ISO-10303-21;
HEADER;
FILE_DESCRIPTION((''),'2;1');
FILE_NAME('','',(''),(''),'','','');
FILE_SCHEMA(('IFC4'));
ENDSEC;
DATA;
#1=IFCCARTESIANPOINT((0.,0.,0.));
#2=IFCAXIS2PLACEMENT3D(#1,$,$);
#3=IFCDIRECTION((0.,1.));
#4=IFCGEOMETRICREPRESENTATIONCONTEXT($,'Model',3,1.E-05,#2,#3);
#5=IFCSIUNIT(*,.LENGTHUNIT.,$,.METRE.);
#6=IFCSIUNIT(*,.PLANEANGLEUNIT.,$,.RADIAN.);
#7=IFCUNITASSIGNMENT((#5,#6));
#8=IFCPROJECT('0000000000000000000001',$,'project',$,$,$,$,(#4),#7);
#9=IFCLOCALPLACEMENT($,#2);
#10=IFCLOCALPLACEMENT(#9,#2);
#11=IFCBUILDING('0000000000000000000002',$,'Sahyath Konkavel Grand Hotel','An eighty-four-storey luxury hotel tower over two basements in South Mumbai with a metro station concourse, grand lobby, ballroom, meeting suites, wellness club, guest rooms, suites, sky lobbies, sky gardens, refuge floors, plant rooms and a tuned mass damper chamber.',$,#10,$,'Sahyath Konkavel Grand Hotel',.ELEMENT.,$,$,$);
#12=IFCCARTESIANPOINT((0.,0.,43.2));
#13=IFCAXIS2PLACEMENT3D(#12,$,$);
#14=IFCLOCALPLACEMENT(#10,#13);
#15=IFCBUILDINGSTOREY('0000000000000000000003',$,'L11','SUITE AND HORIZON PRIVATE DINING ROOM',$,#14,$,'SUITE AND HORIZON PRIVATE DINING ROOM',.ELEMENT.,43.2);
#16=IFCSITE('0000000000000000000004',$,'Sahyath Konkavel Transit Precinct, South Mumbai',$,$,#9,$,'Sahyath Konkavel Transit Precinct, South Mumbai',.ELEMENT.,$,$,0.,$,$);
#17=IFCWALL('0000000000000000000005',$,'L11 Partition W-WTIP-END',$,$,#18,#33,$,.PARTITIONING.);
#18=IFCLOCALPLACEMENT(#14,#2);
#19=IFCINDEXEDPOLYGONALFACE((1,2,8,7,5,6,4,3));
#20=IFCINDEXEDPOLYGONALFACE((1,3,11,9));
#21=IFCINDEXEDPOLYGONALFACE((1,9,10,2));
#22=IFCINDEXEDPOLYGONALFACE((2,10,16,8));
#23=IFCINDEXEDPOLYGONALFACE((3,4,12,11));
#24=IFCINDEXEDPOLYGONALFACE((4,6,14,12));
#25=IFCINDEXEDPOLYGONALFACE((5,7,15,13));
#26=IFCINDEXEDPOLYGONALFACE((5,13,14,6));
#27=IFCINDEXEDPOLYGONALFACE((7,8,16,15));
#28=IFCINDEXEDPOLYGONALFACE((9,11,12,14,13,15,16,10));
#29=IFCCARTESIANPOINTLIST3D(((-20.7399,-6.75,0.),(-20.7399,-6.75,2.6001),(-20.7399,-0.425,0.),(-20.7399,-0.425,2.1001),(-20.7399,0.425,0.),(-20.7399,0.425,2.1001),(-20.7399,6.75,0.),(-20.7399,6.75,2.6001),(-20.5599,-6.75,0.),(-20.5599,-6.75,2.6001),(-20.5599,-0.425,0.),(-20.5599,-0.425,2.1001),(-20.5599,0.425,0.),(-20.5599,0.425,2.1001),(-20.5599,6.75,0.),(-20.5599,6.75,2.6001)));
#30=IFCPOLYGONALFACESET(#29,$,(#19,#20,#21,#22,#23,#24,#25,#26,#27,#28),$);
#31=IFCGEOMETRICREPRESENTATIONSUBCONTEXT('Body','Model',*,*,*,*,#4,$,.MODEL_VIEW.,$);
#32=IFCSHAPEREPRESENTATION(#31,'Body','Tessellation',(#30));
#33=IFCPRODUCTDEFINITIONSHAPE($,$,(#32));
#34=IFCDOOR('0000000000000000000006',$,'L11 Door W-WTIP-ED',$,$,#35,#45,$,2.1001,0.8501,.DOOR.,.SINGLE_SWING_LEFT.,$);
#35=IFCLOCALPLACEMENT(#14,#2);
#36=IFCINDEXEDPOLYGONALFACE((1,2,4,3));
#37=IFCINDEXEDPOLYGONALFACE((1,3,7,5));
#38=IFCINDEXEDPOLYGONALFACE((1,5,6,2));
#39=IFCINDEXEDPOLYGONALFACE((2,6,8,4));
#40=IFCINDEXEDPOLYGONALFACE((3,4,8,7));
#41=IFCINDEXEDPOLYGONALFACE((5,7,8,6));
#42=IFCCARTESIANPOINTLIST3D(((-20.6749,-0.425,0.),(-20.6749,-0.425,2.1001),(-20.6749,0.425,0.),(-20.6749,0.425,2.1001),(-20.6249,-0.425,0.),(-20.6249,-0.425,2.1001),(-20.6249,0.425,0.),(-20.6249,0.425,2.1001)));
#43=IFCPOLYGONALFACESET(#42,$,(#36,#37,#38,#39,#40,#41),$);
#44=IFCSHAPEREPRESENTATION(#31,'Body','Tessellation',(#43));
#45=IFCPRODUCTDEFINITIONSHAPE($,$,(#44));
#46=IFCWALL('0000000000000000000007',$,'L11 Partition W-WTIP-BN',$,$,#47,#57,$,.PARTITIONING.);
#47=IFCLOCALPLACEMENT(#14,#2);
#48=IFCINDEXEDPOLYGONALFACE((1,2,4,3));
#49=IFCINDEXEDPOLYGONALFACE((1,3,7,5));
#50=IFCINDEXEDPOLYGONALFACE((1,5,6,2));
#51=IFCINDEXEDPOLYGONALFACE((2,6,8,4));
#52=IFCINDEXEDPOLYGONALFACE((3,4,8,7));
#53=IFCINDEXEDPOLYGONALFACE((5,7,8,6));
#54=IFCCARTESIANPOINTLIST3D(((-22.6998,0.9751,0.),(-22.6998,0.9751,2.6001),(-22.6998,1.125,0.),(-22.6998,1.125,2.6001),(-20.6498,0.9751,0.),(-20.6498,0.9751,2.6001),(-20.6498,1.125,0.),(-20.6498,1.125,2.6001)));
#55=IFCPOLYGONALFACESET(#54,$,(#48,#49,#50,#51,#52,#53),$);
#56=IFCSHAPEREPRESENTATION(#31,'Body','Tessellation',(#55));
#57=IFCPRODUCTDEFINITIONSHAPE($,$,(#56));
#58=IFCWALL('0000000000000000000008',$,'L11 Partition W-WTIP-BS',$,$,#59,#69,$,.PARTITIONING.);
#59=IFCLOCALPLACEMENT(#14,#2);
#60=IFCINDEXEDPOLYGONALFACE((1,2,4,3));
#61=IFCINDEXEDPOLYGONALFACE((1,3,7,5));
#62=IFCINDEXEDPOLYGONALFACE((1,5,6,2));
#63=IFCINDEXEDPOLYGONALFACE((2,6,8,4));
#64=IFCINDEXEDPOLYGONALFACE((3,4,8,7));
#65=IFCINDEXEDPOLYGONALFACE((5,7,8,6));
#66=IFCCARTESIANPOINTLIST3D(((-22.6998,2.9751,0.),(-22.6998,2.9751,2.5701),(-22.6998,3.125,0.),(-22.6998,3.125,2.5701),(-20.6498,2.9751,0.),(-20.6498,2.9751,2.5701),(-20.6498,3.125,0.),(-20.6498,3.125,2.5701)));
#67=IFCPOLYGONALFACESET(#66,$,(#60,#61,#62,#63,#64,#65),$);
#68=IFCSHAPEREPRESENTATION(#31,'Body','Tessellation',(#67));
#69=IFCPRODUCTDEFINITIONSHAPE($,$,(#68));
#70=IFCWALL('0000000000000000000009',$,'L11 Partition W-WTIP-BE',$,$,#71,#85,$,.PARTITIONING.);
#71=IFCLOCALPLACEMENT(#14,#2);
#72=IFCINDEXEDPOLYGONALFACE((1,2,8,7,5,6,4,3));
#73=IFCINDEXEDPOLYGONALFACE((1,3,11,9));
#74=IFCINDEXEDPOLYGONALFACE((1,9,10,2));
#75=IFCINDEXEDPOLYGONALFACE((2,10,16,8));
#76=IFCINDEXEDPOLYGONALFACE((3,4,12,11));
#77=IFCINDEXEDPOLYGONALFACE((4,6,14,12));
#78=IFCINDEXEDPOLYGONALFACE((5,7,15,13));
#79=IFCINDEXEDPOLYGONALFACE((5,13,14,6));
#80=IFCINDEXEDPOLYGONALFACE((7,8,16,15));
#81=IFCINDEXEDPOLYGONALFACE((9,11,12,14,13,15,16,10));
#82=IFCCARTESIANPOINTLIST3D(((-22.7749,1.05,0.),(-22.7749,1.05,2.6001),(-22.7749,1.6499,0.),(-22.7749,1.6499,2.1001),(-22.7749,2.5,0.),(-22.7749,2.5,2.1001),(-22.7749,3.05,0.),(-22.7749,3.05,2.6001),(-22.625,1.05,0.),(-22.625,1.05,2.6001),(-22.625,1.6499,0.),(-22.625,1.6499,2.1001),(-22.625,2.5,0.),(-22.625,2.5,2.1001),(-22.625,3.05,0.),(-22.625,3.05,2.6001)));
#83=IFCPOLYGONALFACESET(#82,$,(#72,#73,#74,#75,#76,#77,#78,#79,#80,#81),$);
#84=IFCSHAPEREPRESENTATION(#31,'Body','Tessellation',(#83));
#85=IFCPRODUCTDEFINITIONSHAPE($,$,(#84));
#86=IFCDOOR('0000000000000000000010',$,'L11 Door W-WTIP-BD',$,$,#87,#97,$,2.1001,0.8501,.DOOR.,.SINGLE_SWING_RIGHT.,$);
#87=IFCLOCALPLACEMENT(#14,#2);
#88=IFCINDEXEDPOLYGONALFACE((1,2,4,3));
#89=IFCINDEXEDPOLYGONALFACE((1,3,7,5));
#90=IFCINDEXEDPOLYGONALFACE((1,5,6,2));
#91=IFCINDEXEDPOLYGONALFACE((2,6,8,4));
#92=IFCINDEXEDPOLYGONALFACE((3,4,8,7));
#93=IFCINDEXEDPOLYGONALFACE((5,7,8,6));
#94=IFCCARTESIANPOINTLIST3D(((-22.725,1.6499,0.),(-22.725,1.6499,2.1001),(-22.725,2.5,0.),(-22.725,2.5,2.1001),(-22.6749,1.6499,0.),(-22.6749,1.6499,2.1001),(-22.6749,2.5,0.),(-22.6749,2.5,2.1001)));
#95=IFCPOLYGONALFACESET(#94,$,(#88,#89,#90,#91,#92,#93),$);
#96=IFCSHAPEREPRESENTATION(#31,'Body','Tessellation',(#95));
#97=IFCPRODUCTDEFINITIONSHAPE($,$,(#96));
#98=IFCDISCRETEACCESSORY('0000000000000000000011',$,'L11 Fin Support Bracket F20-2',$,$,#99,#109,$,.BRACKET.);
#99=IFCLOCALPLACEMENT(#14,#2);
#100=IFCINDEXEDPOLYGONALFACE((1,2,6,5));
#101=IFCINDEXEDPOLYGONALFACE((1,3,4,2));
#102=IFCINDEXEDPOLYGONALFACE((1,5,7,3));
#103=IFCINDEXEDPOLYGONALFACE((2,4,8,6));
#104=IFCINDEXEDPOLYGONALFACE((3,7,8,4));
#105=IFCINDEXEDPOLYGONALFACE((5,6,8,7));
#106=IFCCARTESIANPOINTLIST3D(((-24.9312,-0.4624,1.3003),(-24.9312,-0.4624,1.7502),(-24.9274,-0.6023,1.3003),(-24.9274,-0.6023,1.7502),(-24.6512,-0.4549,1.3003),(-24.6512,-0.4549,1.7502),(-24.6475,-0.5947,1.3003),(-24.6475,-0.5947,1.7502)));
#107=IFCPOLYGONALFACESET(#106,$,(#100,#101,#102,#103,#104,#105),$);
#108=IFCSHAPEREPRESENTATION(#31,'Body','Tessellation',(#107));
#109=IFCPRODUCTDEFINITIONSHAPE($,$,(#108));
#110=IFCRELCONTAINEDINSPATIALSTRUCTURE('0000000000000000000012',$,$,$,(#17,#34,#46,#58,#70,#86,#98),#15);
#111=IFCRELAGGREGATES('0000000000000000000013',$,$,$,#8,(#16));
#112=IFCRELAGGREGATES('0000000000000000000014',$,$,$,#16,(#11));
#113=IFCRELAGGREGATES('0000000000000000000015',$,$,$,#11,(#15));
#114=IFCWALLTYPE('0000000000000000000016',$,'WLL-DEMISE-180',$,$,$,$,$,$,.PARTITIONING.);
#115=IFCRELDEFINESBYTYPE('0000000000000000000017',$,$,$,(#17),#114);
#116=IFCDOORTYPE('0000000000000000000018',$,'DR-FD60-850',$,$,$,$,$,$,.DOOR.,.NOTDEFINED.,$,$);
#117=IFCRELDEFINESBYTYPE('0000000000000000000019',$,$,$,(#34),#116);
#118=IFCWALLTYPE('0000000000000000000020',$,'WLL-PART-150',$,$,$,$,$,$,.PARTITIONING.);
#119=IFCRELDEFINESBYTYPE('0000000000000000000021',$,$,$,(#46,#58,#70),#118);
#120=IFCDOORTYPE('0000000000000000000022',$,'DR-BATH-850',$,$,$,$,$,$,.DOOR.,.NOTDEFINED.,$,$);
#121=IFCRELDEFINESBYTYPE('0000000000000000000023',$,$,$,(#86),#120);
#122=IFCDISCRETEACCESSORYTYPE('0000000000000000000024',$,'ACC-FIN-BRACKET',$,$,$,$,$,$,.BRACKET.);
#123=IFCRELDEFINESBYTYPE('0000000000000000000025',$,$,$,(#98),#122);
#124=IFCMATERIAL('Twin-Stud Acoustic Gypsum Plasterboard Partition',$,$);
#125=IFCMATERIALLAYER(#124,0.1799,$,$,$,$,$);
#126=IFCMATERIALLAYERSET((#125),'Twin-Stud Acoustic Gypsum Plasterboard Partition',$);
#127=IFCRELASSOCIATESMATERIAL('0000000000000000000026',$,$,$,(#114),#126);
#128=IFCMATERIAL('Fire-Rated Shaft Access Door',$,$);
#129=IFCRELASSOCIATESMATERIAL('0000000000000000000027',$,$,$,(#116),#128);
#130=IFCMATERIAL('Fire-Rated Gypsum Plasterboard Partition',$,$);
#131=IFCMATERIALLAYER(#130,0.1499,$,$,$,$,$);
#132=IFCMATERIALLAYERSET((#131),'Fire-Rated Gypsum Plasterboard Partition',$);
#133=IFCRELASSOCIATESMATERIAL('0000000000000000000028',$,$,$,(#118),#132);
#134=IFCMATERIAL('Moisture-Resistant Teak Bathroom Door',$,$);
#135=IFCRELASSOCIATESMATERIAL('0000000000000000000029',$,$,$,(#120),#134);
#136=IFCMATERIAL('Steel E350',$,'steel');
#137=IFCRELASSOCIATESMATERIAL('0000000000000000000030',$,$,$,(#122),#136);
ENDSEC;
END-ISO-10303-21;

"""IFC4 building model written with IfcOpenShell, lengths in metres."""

from ifc_helpers import new_model, si_unit, direction, frame, frame_2d, origin, origin_2d, place, context, subcontext, project, spatial, rectangle, extrude, source, transform, mapped, material, layer, layer_set, type_object, element, fill, save


model = new_model("IFC4")

# Units and contexts
model_context = context("Model", 3, precision=1e-05, world=origin(), true_north=direction((0.0, 1.0)))
body_context = subcontext(model_context, "Body", "Model", "MODEL_VIEW")
ifc_project = project(units=[si_unit("LENGTHUNIT", "METRE"), si_unit("PLANEANGLEUNIT", "RADIAN")], contexts=[model_context])

# Site, building, storey
site_placement = place(None, origin())
site = spatial("IfcSite", under=ifc_project, at=site_placement, Name="Sahyath Konkavel Transit Precinct, South Mumbai", LongName="Sahyath Konkavel Transit Precinct, South Mumbai", CompositionType="ELEMENT", RefElevation=0.0)
building_placement = place(site_placement, origin())
building = spatial("IfcBuilding", under=site, at=building_placement, Name="Sahyath Konkavel Grand Hotel", Description="An eighty-four-storey luxury hotel tower over two basements in South Mumbai with a metro station concourse, grand lobby, ballroom, meeting suites, wellness club, guest rooms, suites, sky lobbies, sky gardens, refuge floors, plant rooms and a tuned mass damper chamber.", LongName="Sahyath Konkavel Grand Hotel", CompositionType="ELEMENT")
storey_placement = place(building_placement, frame((0.0, 0.0, 43.2)))
storey = spatial("IfcBuildingStorey", under=building, at=storey_placement, Name="L11", Description="SUITE AND HORIZON PRIVATE DINING ROOM", LongName="SUITE AND HORIZON PRIVATE DINING ROOM", CompositionType="ELEMENT", Elevation=43.2)

# Shared definitions
ifc_material_1 = material(Name="Steel E350", Category="steel")

# Wall, opening, door
ifc_material_2 = material(Name="Twin-Stud Acoustic Gypsum Plasterboard Partition")
ifc_layer_1 = layer(ifc_material_2, 0.1799)
ifc_layer_set_1 = layer_set([ifc_layer_1], Name="Twin-Stud Acoustic Gypsum Plasterboard Partition")
wall_type_1 = type_object("IfcWallType", Name="WLL-DEMISE-180", PredefinedType="PARTITIONING", material=ifc_layer_set_1)
wall_1_placement = place(storey_placement, frame((-20.6499, 6.75, 0.0), z_axis=(0.0, 0.0, 1.0), x_axis=(0.0, -1.0, 0.0)))
wall_1 = element("IfcWall", 1, at=wall_1_placement, inside=storey, type_object=wall_type_1, Name="L11 Partition W-WTIP-END", PredefinedType="PARTITIONING", context=body_context, shape_type="SweptSolid", body=[
    extrude(rectangle(XDim=13.5, YDim=0.1799, at=frame_2d((6.75, 0.0))), origin(), (0.0, 0.0, 1.0), 2.6001),
])
opening_1_placement = place(wall_1_placement, frame((6.325, 0.0, 0.0)))
opening_1 = element("IfcOpeningElement", 2, at=opening_1_placement, cuts=wall_1, PredefinedType="OPENING", context=body_context, shape_type="SweptSolid", body=[
    extrude(rectangle(XDim=0.8501, YDim=2.1001, at=frame_2d((0.425, 1.05))), frame((0.0, 0.1001, 0.0), z_axis=(0.0, -1.0, 0.0), x_axis=(1.0, 0.0, 0.0)), (0.0, 0.0, 1.0), 0.2),
])
ifc_material_3 = material(Name="Fire-Rated Shaft Access Door")
door_type_1 = type_object("IfcDoorType", Name="DR-FD60-850", OperationType="NOTDEFINED", PredefinedType="DOOR", material=ifc_material_3)
shared_shape_1 = source(origin(), body_context, "Body", "SweptSolid", [
    extrude(rectangle(XDim=0.8501, YDim=0.05, at=origin_2d()), origin(), (0.0, 0.0, 1.0), 2.1001),
])
door_1_placement = place(opening_1_placement, frame((0.425, 0.0, 0.0)))
door_1 = element("IfcDoor", 3, at=door_1_placement, inside=storey, type_object=door_type_1, Name="L11 Door W-WTIP-ED", OperationType="SINGLE_SWING_LEFT", OverallHeight=2.1001, OverallWidth=0.8501, PredefinedType="DOOR", context=body_context, shape_type="MappedRepresentation", body=[
    mapped(shared_shape_1, transform((0.0, 0.0, 0.0), scale=1.0)),
])
fill(opening_1, door_1)

# Walls
ifc_material_4 = material(Name="Fire-Rated Gypsum Plasterboard Partition")
ifc_layer_2 = layer(ifc_material_4, 0.1499)
ifc_layer_set_2 = layer_set([ifc_layer_2], Name="Fire-Rated Gypsum Plasterboard Partition")
wall_type_2 = type_object("IfcWallType", Name="WLL-PART-150", PredefinedType="PARTITIONING", material=ifc_layer_set_2)
wall_2_placement = place(storey_placement, frame((-20.6499, 1.05, 0.0), z_axis=(0.0, 0.0, 1.0), x_axis=(-1.0, 0.0, 0.0)))
element("IfcWall", 4, at=wall_2_placement, inside=storey, type_object=wall_type_2, Name="L11 Partition W-WTIP-BN", PredefinedType="PARTITIONING", context=body_context, shape_type="SweptSolid", body=[
    extrude(rectangle(XDim=2.05, YDim=0.1499, at=frame_2d((1.0249, 0.0))), origin(), (0.0, 0.0, 1.0), 2.6001),
])
wall_3_placement = place(storey_placement, frame((-20.6499, 3.05, 0.0), z_axis=(0.0, 0.0, 1.0), x_axis=(-1.0, 0.0, 0.0)))
element("IfcWall", 5, at=wall_3_placement, inside=storey, type_object=wall_type_2, Name="L11 Partition W-WTIP-BS", PredefinedType="PARTITIONING", context=body_context, shape_type="SweptSolid", body=[
    extrude(rectangle(XDim=2.05, YDim=0.1499, at=frame_2d((1.0249, 0.0))), origin(), (0.0, 0.0, 1.0), 2.5701),
])

# Wall, opening, door
wall_4_placement = place(storey_placement, frame((-22.7, 3.05, 0.0), z_axis=(0.0, 0.0, 1.0), x_axis=(0.0, -1.0, 0.0)))
wall_4 = element("IfcWall", 6, at=wall_4_placement, inside=storey, type_object=wall_type_2, Name="L11 Partition W-WTIP-BE", PredefinedType="PARTITIONING", context=body_context, shape_type="SweptSolid", body=[
    extrude(rectangle(XDim=2.0, YDim=0.1499, at=frame_2d((1.0, 0.0))), origin(), (0.0, 0.0, 1.0), 2.6001),
])
opening_2_placement = place(wall_4_placement, frame((0.55, 0.0, 0.0)))
opening_2 = element("IfcOpeningElement", 7, at=opening_2_placement, cuts=wall_4, PredefinedType="OPENING", context=body_context, shape_type="SweptSolid", body=[
    extrude(rectangle(XDim=0.8501, YDim=2.1001, at=frame_2d((0.425, 1.05))), frame((0.0, 0.085, 0.0), z_axis=(0.0, -1.0, 0.0), x_axis=(1.0, 0.0, 0.0)), (0.0, 0.0, 1.0), 0.1699),
])
ifc_material_5 = material(Name="Moisture-Resistant Teak Bathroom Door")
door_type_2 = type_object("IfcDoorType", Name="DR-BATH-850", OperationType="NOTDEFINED", PredefinedType="DOOR", material=ifc_material_5)
door_2_placement = place(opening_2_placement, frame((0.425, 0.0, 0.0)))
door_2 = element("IfcDoor", 8, at=door_2_placement, inside=storey, type_object=door_type_2, Name="L11 Door W-WTIP-BD", OperationType="SINGLE_SWING_RIGHT", OverallHeight=2.1001, OverallWidth=0.8501, PredefinedType="DOOR", context=body_context, shape_type="MappedRepresentation", body=[
    mapped(shared_shape_1, transform((0.0, 0.0, 0.0), scale=1.0)),
])
fill(opening_2, door_2)

# Discrete accessory
discrete_accessory_type = type_object("IfcDiscreteAccessoryType", Name="ACC-FIN-BRACKET", PredefinedType="BRACKET", material=ifc_material_1)
shared_shape_2 = source(origin(), body_context, "Body", "SweptSolid", [
    extrude(rectangle(XDim=0.28, YDim=0.1399, at=origin_2d()), origin(), (0.0, 0.0, 1.0), 0.45),
])
discrete_accessory_placement = place(storey_placement, frame((-24.7893, -0.5286, 1.3003), z_axis=(0.0, 0.0, 1.0), x_axis=(-0.999638, -0.02691, 0.0)))
element("IfcDiscreteAccessory", 9, at=discrete_accessory_placement, inside=storey, type_object=discrete_accessory_type, Name="L11 Fin Support Bracket F20-2", PredefinedType="BRACKET", context=body_context, shape_type="MappedRepresentation", body=[
    mapped(shared_shape_2, transform((0.0, 0.0, 0.0), scale=1.0)),
])

save(model, "model.ifc")
